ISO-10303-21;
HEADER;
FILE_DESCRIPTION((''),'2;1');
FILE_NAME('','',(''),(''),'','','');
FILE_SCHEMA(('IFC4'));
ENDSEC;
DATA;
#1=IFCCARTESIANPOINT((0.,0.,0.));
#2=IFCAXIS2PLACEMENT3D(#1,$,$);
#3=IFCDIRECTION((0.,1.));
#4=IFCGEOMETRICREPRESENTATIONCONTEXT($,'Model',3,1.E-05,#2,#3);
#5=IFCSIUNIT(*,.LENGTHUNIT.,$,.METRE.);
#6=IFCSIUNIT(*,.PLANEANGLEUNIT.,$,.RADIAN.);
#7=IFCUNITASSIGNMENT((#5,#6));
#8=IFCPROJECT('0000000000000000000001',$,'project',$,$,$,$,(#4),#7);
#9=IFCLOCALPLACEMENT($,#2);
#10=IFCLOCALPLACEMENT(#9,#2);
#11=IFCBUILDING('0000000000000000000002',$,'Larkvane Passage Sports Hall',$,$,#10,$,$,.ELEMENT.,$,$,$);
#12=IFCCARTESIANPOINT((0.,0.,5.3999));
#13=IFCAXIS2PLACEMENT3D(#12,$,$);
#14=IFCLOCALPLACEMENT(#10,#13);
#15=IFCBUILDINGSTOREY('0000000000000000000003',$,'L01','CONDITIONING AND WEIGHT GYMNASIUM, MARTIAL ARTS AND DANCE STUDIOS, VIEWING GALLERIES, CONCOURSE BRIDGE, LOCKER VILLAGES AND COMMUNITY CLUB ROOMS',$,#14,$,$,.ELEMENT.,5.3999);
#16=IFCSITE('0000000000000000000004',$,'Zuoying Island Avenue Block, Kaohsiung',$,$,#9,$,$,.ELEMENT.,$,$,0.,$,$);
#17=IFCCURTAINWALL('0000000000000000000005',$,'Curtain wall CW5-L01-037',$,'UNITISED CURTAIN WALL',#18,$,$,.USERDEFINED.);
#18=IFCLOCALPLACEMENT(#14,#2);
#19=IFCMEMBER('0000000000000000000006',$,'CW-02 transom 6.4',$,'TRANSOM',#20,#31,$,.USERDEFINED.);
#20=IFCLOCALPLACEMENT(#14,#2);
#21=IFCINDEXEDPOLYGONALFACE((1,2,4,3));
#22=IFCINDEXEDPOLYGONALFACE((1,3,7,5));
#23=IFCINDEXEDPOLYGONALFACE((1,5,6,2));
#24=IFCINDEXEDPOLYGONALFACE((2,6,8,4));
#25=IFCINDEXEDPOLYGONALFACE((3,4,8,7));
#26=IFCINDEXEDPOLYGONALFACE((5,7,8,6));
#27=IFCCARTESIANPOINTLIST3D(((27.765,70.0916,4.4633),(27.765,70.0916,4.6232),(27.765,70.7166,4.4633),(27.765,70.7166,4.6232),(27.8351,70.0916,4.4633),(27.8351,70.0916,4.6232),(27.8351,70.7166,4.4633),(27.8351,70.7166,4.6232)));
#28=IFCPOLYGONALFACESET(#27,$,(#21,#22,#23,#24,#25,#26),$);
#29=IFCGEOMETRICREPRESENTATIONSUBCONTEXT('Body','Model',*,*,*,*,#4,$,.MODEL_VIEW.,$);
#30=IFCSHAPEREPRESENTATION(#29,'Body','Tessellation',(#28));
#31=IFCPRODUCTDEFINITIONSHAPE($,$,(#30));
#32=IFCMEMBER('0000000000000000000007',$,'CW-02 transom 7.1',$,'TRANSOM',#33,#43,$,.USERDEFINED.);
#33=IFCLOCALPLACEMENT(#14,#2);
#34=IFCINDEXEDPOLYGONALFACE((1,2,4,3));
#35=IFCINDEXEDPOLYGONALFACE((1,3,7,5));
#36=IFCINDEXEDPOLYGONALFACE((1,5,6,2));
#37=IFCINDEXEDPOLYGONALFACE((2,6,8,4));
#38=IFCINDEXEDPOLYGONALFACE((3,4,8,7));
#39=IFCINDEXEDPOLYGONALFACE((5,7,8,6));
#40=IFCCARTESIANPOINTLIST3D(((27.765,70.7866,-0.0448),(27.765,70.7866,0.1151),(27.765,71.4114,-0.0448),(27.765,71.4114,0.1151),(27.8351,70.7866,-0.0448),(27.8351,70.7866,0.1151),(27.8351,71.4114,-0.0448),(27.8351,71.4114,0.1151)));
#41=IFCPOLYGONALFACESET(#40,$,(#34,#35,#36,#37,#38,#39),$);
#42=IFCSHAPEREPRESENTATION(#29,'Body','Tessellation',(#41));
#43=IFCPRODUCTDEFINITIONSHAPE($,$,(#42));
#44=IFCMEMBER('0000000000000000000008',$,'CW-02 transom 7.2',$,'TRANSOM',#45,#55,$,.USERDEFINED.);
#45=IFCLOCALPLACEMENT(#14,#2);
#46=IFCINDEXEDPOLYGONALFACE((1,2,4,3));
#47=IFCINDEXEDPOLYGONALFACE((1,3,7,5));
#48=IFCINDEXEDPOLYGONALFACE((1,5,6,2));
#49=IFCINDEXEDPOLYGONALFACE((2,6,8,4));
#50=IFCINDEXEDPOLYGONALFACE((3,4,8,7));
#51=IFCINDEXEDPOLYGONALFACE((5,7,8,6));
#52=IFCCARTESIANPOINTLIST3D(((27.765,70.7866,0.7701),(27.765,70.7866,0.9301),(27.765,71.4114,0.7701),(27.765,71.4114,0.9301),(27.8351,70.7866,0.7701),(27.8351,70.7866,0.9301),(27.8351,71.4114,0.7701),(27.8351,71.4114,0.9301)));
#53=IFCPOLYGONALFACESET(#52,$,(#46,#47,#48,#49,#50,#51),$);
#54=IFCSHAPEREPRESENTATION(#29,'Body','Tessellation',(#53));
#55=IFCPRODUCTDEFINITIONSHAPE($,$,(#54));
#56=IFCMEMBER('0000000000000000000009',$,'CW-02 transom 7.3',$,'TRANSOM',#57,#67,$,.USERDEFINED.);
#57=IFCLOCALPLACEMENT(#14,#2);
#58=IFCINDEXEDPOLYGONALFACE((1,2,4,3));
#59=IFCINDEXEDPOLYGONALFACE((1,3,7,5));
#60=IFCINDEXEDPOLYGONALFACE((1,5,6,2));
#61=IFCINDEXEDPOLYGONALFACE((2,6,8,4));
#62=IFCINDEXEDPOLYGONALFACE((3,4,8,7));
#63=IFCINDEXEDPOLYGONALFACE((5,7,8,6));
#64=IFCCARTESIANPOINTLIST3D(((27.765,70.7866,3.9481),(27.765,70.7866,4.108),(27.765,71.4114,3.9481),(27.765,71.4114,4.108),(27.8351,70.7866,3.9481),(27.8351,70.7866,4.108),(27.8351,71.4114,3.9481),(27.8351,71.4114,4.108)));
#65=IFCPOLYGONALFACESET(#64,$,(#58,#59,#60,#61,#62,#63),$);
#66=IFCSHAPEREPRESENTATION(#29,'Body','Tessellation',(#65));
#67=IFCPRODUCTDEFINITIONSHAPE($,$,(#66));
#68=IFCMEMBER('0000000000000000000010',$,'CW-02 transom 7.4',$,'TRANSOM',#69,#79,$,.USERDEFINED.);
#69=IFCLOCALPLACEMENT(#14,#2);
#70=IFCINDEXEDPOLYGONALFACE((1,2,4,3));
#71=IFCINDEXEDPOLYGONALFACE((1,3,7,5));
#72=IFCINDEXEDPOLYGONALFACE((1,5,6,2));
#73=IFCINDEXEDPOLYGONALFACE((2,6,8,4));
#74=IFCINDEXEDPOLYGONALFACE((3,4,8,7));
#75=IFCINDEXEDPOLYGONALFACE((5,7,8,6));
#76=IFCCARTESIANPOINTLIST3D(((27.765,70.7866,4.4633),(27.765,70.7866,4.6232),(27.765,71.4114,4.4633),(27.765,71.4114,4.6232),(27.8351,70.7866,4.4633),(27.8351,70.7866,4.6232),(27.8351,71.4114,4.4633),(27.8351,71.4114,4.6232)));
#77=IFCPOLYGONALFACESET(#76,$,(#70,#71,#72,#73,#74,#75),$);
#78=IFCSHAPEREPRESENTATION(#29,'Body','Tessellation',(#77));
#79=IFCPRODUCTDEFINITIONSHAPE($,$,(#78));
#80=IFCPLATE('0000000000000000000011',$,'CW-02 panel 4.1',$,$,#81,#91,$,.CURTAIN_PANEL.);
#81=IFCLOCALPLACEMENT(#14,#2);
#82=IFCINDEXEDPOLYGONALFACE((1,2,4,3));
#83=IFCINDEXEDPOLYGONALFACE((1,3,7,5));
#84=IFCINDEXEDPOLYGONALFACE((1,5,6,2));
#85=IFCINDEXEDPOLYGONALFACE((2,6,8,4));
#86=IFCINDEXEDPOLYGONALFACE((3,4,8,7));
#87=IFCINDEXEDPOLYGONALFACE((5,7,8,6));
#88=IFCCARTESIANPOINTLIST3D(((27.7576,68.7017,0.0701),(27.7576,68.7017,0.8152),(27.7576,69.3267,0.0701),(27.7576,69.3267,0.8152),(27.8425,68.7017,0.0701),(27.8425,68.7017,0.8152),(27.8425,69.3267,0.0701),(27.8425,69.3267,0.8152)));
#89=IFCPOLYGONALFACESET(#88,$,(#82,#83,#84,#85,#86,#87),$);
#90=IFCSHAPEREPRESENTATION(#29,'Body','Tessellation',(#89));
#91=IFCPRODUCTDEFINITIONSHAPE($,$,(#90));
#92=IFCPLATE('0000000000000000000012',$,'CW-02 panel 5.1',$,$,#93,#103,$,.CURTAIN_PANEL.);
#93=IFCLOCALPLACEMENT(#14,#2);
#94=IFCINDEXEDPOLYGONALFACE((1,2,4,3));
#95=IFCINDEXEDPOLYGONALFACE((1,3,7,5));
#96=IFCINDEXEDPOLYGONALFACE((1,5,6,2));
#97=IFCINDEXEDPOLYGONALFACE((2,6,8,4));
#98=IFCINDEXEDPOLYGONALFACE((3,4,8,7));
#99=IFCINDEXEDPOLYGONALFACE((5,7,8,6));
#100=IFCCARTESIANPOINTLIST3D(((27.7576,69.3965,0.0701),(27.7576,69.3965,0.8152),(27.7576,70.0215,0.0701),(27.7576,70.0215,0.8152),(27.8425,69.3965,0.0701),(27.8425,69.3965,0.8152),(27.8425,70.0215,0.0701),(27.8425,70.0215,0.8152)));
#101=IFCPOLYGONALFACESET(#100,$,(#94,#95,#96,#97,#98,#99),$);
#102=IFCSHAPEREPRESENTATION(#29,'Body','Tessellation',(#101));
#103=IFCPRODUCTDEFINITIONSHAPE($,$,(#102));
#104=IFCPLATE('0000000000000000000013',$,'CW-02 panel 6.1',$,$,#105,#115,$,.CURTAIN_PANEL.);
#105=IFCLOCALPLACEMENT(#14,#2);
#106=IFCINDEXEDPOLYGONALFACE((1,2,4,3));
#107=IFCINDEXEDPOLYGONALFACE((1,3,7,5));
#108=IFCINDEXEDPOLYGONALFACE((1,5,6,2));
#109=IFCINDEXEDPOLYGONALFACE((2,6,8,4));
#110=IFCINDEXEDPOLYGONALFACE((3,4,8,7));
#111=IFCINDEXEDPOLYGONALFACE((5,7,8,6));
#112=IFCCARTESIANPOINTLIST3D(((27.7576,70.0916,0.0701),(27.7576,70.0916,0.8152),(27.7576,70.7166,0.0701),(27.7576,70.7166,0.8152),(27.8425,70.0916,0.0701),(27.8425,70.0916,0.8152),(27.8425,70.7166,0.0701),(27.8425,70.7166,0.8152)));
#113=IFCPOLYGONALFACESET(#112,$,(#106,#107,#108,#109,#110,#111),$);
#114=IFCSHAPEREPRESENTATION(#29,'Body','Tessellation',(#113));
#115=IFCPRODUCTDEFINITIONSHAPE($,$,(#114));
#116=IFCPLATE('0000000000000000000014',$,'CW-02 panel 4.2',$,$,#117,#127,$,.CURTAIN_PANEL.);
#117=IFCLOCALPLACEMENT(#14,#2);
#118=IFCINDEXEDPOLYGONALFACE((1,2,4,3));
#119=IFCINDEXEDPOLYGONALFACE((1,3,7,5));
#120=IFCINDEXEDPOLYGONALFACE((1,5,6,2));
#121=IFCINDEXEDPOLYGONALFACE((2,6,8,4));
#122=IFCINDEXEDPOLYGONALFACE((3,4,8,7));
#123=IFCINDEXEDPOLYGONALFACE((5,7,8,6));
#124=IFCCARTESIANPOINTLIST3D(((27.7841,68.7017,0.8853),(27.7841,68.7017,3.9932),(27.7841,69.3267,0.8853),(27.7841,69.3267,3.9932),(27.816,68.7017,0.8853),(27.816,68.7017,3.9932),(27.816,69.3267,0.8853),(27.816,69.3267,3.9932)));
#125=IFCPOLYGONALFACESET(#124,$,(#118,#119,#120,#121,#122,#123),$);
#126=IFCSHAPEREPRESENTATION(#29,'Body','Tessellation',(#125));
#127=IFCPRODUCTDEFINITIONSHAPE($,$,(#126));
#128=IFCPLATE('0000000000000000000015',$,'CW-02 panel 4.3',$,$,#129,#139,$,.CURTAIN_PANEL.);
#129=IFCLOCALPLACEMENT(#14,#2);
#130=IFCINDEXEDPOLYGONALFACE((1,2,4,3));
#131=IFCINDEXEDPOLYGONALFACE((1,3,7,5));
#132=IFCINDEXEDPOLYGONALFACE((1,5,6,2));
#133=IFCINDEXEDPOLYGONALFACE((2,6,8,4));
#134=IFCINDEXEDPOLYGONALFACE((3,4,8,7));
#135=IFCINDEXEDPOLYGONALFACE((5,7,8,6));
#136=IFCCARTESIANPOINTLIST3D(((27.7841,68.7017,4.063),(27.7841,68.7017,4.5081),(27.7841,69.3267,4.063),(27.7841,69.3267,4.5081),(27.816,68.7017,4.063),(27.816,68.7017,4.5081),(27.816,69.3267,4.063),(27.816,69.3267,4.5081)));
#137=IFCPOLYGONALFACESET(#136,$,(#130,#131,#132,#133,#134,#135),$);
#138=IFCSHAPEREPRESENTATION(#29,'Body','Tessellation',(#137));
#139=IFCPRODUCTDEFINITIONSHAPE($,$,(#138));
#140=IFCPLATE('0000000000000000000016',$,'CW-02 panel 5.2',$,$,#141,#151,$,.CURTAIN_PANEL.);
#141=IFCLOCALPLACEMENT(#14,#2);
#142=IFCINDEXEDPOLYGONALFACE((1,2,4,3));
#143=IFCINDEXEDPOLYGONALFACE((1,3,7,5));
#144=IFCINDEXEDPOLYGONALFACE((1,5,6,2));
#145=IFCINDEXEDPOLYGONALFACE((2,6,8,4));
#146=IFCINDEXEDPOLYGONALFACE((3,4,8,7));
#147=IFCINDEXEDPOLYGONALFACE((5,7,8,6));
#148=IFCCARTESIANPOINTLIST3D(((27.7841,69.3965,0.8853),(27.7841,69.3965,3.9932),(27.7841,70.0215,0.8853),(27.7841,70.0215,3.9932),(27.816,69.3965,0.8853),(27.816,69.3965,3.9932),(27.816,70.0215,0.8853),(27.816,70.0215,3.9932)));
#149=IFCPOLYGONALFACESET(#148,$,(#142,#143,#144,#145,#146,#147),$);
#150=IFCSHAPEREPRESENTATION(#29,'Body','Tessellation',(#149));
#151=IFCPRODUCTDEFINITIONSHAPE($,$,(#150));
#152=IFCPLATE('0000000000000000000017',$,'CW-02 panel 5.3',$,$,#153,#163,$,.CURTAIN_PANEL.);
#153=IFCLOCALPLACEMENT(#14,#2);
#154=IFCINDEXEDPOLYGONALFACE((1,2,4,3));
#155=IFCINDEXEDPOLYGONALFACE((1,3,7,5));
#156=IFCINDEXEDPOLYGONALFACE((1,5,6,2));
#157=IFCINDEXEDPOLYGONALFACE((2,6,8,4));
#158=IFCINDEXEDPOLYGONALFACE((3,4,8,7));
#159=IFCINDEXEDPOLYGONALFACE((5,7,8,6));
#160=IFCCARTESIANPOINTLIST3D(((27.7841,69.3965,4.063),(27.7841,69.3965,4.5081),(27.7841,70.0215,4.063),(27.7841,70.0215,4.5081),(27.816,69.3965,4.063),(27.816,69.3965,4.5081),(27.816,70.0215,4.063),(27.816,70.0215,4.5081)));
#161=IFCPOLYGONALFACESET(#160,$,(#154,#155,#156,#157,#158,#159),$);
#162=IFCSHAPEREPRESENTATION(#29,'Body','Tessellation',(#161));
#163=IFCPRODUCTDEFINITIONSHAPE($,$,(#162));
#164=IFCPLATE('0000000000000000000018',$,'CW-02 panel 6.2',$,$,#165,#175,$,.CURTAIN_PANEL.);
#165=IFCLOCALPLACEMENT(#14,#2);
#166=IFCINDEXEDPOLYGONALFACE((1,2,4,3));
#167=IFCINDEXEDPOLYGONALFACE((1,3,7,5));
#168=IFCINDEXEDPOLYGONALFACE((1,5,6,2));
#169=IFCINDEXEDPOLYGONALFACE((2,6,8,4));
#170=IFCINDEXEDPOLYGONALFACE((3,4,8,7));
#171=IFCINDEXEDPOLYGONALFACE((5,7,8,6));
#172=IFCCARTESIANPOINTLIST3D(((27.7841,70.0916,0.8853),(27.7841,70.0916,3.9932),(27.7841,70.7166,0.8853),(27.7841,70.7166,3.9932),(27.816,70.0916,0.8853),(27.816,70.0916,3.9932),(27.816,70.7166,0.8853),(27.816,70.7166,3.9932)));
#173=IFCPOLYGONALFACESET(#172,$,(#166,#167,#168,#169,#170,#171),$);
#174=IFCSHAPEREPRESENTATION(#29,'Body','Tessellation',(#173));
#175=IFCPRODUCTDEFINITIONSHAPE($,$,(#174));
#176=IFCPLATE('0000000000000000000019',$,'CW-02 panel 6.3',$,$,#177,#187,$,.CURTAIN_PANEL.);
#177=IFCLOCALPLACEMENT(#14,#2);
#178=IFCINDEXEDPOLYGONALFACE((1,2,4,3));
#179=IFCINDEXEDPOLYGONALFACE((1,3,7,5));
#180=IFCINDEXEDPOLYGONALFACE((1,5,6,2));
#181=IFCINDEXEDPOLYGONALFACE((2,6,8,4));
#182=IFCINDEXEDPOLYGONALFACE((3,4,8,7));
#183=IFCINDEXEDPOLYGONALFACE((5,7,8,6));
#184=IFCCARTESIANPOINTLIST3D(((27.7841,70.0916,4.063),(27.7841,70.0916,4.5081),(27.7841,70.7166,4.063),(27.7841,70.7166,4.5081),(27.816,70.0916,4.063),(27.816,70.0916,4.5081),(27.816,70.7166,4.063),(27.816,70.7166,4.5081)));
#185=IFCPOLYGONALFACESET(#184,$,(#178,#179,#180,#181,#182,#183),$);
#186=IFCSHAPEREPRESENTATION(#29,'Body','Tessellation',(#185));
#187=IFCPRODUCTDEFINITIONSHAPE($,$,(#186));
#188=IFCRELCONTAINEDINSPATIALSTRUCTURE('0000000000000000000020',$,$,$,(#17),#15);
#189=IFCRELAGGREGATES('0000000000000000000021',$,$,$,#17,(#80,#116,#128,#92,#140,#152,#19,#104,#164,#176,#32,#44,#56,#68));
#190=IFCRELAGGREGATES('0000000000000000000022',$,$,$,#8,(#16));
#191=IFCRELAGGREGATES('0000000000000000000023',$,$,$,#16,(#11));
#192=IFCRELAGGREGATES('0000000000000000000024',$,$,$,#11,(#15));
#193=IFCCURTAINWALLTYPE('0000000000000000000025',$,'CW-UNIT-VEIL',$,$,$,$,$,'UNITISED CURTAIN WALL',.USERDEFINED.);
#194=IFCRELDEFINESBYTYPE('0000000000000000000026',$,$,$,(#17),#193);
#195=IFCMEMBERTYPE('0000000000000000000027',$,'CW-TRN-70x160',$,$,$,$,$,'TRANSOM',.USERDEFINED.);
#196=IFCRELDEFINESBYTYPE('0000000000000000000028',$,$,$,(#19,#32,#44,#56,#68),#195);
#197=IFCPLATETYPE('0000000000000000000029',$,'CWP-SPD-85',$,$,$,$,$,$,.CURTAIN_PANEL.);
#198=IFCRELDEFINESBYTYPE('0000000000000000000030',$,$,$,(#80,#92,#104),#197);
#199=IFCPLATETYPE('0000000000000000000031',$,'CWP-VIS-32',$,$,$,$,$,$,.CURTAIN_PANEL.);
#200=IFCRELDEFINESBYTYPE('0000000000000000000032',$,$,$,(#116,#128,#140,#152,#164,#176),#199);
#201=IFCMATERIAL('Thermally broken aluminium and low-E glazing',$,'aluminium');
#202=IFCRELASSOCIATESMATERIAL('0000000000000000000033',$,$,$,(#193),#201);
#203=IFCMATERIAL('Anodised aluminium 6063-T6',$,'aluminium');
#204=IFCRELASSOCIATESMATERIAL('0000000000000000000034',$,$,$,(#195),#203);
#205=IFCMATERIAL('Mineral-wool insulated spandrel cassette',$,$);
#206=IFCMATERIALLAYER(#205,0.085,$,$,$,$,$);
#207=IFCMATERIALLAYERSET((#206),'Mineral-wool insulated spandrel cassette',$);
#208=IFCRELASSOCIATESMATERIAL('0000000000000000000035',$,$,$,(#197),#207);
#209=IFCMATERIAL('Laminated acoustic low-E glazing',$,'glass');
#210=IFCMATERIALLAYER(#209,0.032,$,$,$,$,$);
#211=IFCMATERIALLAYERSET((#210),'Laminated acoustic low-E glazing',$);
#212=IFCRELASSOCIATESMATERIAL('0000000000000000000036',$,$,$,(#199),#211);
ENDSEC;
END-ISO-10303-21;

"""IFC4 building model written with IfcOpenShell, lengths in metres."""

from ifc_helpers import new_model, si_unit, direction, frame, origin, origin_2d, place, context, subcontext, project, spatial, rectangle, extrude, material, layer, layer_set, material_profile, profile_set, type_object, element, aggregate, save


model = new_model("IFC4")

# Units and contexts
model_context = context("Model", 3, precision=1e-05, world=origin(), true_north=direction((0.0, 1.0)))
body_context = subcontext(model_context, "Body", "Model", "MODEL_VIEW")
ifc_project = project(units=[si_unit("LENGTHUNIT", "METRE"), si_unit("PLANEANGLEUNIT", "RADIAN")], contexts=[model_context])

# Site, building, storey
site_placement = place(None, origin())
site = spatial("IfcSite", under=ifc_project, at=site_placement, Name="Zuoying Island Avenue Block, Kaohsiung", CompositionType="ELEMENT", RefElevation=0.0)
building_placement = place(site_placement, origin())
building = spatial("IfcBuilding", under=site, at=building_placement, Name="Larkvane Passage Sports Hall", CompositionType="ELEMENT")
storey_placement = place(building_placement, frame((0.0, 0.0, 5.3999)))
storey = spatial("IfcBuildingStorey", under=building, at=storey_placement, Name="L01", Description="CONDITIONING AND WEIGHT GYMNASIUM, MARTIAL ARTS AND DANCE STUDIOS, VIEWING GALLERIES, CONCOURSE BRIDGE, LOCKER VILLAGES AND COMMUNITY CLUB ROOMS", CompositionType="ELEMENT", Elevation=5.3999)

# Curtain wall, members, plates
ifc_material_1 = material(Name="Thermally broken aluminium and low-E glazing", Category="aluminium")
curtain_wall_type = type_object("IfcCurtainWallType", Name="CW-UNIT-VEIL", ElementType="UNITISED CURTAIN WALL", PredefinedType="USERDEFINED", material=ifc_material_1)
curtain_wall_placement = place(storey_placement, origin())
curtain_wall = element("IfcCurtainWall", 1, at=curtain_wall_placement, inside=storey, type_object=curtain_wall_type, Name="Curtain wall CW5-L01-037", ObjectType="UNITISED CURTAIN WALL", PredefinedType="USERDEFINED")
ifc_material_2 = material(Name="Anodised aluminium 6063-T6", Category="aluminium")
ifc_material_profile_1 = material_profile(ifc_material_2, rectangle(XDim=0.0701, YDim=0.1599, at=origin_2d()), Name="ALU-TRN-70x160")
ifc_profile_set_1 = profile_set([ifc_material_profile_1], Name="Anodised aluminium 6063-T6")
member_type_1 = type_object("IfcMemberType", Name="CW-TRN-70x160", ElementType="TRANSOM", PredefinedType="USERDEFINED", material=ifc_profile_set_1)
member_1_placement = place(storey_placement, frame((27.8, 70.0916, 4.5432), z_axis=(0.0, 1.0, 0.0), x_axis=(-1.0, 0.0, 0.0)))
member_1 = element("IfcMember", 2, at=member_1_placement, type_object=member_type_1, Name="CW-02 transom 6.4", ObjectType="TRANSOM", PredefinedType="USERDEFINED", context=body_context, shape_type="SweptSolid", body=[
    extrude(rectangle(XDim=0.0701, YDim=0.1599, at=origin_2d()), origin(), (0.0, 0.0, 1.0), 0.625),
])
member_2_placement = place(storey_placement, frame((27.8, 70.7866, 0.0352), z_axis=(0.0, 1.0, 0.0), x_axis=(-1.0, 0.0, 0.0)))
member_2 = element("IfcMember", 3, at=member_2_placement, type_object=member_type_1, Name="CW-02 transom 7.1", ObjectType="TRANSOM", PredefinedType="USERDEFINED", context=body_context, shape_type="SweptSolid", body=[
    extrude(rectangle(XDim=0.0701, YDim=0.1599, at=origin_2d()), origin(), (0.0, 0.0, 1.0), 0.6248),
])
member_3_placement = place(storey_placement, frame((27.8, 70.7866, 0.8501), z_axis=(0.0, 1.0, 0.0), x_axis=(-1.0, 0.0, 0.0)))
member_3 = element("IfcMember", 4, at=member_3_placement, type_object=member_type_1, Name="CW-02 transom 7.2", ObjectType="TRANSOM", PredefinedType="USERDEFINED", context=body_context, shape_type="SweptSolid", body=[
    extrude(rectangle(XDim=0.0701, YDim=0.1599, at=origin_2d()), origin(), (0.0, 0.0, 1.0), 0.6248),
])
member_4_placement = place(storey_placement, frame((27.8, 70.7866, 4.0281), z_axis=(0.0, 1.0, 0.0), x_axis=(-1.0, 0.0, 0.0)))
member_4 = element("IfcMember", 5, at=member_4_placement, type_object=member_type_1, Name="CW-02 transom 7.3", ObjectType="TRANSOM", PredefinedType="USERDEFINED", context=body_context, shape_type="SweptSolid", body=[
    extrude(rectangle(XDim=0.0701, YDim=0.1599, at=origin_2d()), origin(), (0.0, 0.0, 1.0), 0.6248),
])
member_5_placement = place(storey_placement, frame((27.8, 70.7866, 4.5432), z_axis=(0.0, 1.0, 0.0), x_axis=(-1.0, 0.0, 0.0)))
member_5 = element("IfcMember", 6, at=member_5_placement, type_object=member_type_1, Name="CW-02 transom 7.4", ObjectType="TRANSOM", PredefinedType="USERDEFINED", context=body_context, shape_type="SweptSolid", body=[
    extrude(rectangle(XDim=0.0701, YDim=0.1599, at=origin_2d()), origin(), (0.0, 0.0, 1.0), 0.6248),
])
ifc_material_3 = material(Name="Mineral-wool insulated spandrel cassette")
ifc_layer_1 = layer(ifc_material_3, 0.085)
ifc_layer_set_1 = layer_set([ifc_layer_1], Name="Mineral-wool insulated spandrel cassette")
plate_type_1 = type_object("IfcPlateType", Name="CWP-SPD-85", PredefinedType="CURTAIN_PANEL", material=ifc_layer_set_1)
plate_1_placement = place(storey_placement, frame((27.8, 69.0142, 0.0701), z_axis=(0.0, 0.0, 1.0), x_axis=(0.0, 1.0, 0.0)))
plate_1 = element("IfcPlate", 7, at=plate_1_placement, type_object=plate_type_1, Name="CW-02 panel 4.1", PredefinedType="CURTAIN_PANEL", context=body_context, shape_type="SweptSolid", body=[
    extrude(rectangle(XDim=0.625, YDim=0.085, at=origin_2d()), origin(), (0.0, 0.0, 1.0), 0.7451),
])
plate_2_placement = place(storey_placement, frame((27.8, 69.709, 0.0701), z_axis=(0.0, 0.0, 1.0), x_axis=(0.0, 1.0, 0.0)))
plate_2 = element("IfcPlate", 8, at=plate_2_placement, type_object=plate_type_1, Name="CW-02 panel 5.1", PredefinedType="CURTAIN_PANEL", context=body_context, shape_type="SweptSolid", body=[
    extrude(rectangle(XDim=0.625, YDim=0.085, at=origin_2d()), origin(), (0.0, 0.0, 1.0), 0.7451),
])
plate_3_placement = place(storey_placement, frame((27.8, 70.4041, 0.0701), z_axis=(0.0, 0.0, 1.0), x_axis=(0.0, 1.0, 0.0)))
plate_3 = element("IfcPlate", 9, at=plate_3_placement, type_object=plate_type_1, Name="CW-02 panel 6.1", PredefinedType="CURTAIN_PANEL", context=body_context, shape_type="SweptSolid", body=[
    extrude(rectangle(XDim=0.625, YDim=0.085, at=origin_2d()), origin(), (0.0, 0.0, 1.0), 0.7451),
])
ifc_material_4 = material(Name="Laminated acoustic low-E glazing", Category="glass")
ifc_layer_2 = layer(ifc_material_4, 0.032)
ifc_layer_set_2 = layer_set([ifc_layer_2], Name="Laminated acoustic low-E glazing")
plate_type_2 = type_object("IfcPlateType", Name="CWP-VIS-32", PredefinedType="CURTAIN_PANEL", material=ifc_layer_set_2)
plate_4_placement = place(storey_placement, frame((27.8, 69.0142, 0.8853), z_axis=(0.0, 0.0, 1.0), x_axis=(0.0, 1.0, 0.0)))
plate_4 = element("IfcPlate", 10, at=plate_4_placement, type_object=plate_type_2, Name="CW-02 panel 4.2", PredefinedType="CURTAIN_PANEL", context=body_context, shape_type="SweptSolid", body=[
    extrude(rectangle(XDim=0.625, YDim=0.032, at=origin_2d()), origin(), (0.0, 0.0, 1.0), 3.1079),
])
plate_5_placement = place(storey_placement, frame((27.8, 69.0142, 4.063), z_axis=(0.0, 0.0, 1.0), x_axis=(0.0, 1.0, 0.0)))
plate_5 = element("IfcPlate", 11, at=plate_5_placement, type_object=plate_type_2, Name="CW-02 panel 4.3", PredefinedType="CURTAIN_PANEL", context=body_context, shape_type="SweptSolid", body=[
    extrude(rectangle(XDim=0.625, YDim=0.032, at=origin_2d()), origin(), (0.0, 0.0, 1.0), 0.4451),
])
plate_6_placement = place(storey_placement, frame((27.8, 69.709, 0.8853), z_axis=(0.0, 0.0, 1.0), x_axis=(0.0, 1.0, 0.0)))
plate_6 = element("IfcPlate", 12, at=plate_6_placement, type_object=plate_type_2, Name="CW-02 panel 5.2", PredefinedType="CURTAIN_PANEL", context=body_context, shape_type="SweptSolid", body=[
    extrude(rectangle(XDim=0.625, YDim=0.032, at=origin_2d()), origin(), (0.0, 0.0, 1.0), 3.1079),
])
plate_7_placement = place(storey_placement, frame((27.8, 69.709, 4.063), z_axis=(0.0, 0.0, 1.0), x_axis=(0.0, 1.0, 0.0)))
plate_7 = element("IfcPlate", 13, at=plate_7_placement, type_object=plate_type_2, Name="CW-02 panel 5.3", PredefinedType="CURTAIN_PANEL", context=body_context, shape_type="SweptSolid", body=[
    extrude(rectangle(XDim=0.625, YDim=0.032, at=origin_2d()), origin(), (0.0, 0.0, 1.0), 0.4451),
])
plate_8_placement = place(storey_placement, frame((27.8, 70.4041, 0.8853), z_axis=(0.0, 0.0, 1.0), x_axis=(0.0, 1.0, 0.0)))
plate_8 = element("IfcPlate", 14, at=plate_8_placement, type_object=plate_type_2, Name="CW-02 panel 6.2", PredefinedType="CURTAIN_PANEL", context=body_context, shape_type="SweptSolid", body=[
    extrude(rectangle(XDim=0.625, YDim=0.032, at=origin_2d()), origin(), (0.0, 0.0, 1.0), 3.1079),
])
plate_9_placement = place(storey_placement, frame((27.8, 70.4041, 4.063), z_axis=(0.0, 0.0, 1.0), x_axis=(0.0, 1.0, 0.0)))
plate_9 = element("IfcPlate", 15, at=plate_9_placement, type_object=plate_type_2, Name="CW-02 panel 6.3", PredefinedType="CURTAIN_PANEL", context=body_context, shape_type="SweptSolid", body=[
    extrude(rectangle(XDim=0.625, YDim=0.032, at=origin_2d()), origin(), (0.0, 0.0, 1.0), 0.4451),
])
aggregate(curtain_wall, [plate_1, plate_4, plate_5, plate_2, plate_6, plate_7, member_1, plate_3, plate_8, plate_9, member_2, member_3, member_4, member_5])

save(model, "model.ifc")
